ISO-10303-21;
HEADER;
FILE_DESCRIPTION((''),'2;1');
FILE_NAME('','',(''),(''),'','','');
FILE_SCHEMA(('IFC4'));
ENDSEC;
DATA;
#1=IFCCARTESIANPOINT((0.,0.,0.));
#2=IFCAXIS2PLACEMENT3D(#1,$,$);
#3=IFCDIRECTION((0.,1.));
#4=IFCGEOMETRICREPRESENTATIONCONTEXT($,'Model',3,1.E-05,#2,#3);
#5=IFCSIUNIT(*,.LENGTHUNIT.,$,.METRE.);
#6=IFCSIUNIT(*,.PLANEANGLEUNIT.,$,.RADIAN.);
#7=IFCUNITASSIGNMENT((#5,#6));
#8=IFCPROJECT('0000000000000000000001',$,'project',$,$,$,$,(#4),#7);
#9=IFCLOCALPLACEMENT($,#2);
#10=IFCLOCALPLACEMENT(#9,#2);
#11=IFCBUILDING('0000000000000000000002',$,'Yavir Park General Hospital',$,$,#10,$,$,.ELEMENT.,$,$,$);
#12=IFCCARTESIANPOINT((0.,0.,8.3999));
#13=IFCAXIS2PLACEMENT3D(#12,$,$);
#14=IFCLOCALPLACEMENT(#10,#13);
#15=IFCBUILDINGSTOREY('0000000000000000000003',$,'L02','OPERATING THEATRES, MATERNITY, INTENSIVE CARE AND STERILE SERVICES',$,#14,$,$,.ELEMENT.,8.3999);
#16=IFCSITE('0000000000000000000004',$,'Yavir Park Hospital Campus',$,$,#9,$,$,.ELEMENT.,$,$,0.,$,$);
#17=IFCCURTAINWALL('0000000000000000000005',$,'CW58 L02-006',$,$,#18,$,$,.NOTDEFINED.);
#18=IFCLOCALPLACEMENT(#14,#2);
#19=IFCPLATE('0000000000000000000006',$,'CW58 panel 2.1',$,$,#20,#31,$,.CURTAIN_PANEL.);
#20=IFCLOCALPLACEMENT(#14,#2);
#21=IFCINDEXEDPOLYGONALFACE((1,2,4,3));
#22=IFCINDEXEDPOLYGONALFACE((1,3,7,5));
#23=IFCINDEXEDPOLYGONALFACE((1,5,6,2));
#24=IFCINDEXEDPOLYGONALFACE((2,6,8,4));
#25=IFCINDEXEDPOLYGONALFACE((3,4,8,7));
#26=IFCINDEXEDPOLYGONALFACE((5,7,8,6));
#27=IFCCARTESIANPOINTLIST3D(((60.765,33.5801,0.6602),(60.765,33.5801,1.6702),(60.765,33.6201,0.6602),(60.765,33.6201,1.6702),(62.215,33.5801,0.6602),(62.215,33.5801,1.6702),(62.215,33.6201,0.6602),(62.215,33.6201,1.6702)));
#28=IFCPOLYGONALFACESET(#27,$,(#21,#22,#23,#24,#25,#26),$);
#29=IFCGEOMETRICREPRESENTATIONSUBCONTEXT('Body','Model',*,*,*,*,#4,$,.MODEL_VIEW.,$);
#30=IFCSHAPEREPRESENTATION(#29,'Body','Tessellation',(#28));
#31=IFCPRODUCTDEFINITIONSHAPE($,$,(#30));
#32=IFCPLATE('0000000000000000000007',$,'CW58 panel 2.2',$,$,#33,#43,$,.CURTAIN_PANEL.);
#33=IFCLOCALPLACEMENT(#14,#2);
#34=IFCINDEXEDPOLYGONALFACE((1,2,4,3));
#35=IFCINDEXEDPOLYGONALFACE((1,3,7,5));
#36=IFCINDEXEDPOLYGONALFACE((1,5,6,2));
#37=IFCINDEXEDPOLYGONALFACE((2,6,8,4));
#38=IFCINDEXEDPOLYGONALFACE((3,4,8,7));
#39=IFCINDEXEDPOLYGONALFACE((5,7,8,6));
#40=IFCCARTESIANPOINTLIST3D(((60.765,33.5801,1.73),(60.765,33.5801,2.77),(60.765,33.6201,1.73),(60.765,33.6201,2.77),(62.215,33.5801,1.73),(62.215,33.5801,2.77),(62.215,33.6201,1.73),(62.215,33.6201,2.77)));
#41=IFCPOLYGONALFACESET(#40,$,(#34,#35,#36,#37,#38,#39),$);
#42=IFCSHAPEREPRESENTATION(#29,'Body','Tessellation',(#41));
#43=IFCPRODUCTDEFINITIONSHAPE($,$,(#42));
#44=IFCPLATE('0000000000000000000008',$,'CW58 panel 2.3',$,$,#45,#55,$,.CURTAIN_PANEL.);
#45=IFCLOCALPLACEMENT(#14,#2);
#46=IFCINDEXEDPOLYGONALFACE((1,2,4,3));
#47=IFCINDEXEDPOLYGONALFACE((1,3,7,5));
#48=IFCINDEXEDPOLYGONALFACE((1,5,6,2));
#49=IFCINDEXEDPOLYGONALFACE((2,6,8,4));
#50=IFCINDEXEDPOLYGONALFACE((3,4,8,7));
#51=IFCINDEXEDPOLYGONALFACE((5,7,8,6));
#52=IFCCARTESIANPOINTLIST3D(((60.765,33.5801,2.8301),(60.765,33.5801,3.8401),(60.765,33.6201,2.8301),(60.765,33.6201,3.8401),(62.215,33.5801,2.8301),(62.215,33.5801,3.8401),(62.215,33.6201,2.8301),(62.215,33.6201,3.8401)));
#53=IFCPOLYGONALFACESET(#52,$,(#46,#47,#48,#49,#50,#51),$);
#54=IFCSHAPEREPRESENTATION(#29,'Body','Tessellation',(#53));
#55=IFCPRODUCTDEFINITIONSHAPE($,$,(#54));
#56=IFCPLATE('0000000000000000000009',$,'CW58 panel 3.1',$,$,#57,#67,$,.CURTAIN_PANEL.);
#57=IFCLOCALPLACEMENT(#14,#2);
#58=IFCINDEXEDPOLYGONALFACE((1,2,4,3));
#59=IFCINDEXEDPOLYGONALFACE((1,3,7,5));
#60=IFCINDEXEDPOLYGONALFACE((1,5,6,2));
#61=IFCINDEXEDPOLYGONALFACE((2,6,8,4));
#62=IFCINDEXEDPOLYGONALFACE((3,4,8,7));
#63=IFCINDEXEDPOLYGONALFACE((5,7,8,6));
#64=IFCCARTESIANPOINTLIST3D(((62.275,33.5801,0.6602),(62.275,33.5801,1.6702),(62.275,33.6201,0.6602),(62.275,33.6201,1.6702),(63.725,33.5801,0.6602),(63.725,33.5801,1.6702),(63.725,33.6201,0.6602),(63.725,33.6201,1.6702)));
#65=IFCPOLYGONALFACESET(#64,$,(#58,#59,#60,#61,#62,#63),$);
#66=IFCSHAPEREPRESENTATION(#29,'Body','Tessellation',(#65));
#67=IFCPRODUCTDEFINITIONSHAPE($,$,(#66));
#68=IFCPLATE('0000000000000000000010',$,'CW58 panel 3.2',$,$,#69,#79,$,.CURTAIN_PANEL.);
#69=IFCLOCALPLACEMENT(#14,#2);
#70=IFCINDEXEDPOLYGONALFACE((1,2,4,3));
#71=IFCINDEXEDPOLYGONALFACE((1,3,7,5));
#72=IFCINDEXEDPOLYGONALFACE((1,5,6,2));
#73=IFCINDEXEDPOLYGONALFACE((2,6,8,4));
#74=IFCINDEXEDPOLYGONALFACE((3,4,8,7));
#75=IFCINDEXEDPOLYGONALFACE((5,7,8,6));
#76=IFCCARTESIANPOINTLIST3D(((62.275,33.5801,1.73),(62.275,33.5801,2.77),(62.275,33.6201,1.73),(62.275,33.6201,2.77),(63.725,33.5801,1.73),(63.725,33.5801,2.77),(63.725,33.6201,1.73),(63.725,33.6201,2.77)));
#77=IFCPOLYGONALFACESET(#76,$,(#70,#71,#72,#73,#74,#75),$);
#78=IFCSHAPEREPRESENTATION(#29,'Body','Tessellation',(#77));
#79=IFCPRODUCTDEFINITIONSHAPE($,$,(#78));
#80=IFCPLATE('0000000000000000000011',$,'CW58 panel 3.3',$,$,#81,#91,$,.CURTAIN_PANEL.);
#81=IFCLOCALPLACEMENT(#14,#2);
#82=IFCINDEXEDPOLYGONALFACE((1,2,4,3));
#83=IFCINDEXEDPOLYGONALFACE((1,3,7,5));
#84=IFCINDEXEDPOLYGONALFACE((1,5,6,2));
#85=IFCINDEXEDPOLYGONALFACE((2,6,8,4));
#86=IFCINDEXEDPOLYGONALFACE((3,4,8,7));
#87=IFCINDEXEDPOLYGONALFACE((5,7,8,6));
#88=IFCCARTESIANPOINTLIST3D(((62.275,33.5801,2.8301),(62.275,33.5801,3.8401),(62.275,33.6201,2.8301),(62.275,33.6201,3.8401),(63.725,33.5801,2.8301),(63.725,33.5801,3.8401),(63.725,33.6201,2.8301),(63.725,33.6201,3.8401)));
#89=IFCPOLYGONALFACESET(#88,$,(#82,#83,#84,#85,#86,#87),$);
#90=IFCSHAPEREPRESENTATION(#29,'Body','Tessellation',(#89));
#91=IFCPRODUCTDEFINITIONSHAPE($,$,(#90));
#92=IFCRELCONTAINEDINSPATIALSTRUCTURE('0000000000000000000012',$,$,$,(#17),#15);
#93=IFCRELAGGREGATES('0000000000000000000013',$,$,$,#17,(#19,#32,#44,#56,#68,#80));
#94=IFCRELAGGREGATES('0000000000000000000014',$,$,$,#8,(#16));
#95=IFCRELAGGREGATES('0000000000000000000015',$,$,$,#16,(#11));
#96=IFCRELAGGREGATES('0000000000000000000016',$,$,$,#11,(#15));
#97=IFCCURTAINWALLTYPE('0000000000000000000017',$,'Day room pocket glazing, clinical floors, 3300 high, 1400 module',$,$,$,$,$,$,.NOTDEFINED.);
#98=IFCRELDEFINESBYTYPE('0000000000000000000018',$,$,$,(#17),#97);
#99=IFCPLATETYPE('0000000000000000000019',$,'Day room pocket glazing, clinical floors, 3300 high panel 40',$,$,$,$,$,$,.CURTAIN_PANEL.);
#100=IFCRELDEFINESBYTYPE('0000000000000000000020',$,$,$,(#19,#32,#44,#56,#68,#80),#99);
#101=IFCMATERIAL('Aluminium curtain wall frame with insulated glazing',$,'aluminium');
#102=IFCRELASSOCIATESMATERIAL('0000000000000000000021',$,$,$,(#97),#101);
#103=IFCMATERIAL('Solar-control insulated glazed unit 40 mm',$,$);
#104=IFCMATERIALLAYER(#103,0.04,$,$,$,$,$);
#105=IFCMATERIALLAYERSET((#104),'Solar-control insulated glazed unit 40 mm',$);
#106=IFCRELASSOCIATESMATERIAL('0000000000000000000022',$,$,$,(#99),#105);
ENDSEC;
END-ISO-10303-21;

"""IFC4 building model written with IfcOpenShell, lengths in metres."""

from ifc_helpers import new_model, si_unit, direction, frame, origin, origin_2d, place, context, subcontext, project, spatial, rectangle, extrude, material, layer, layer_set, type_object, element, aggregate, save


model = new_model("IFC4")

# Units and contexts
model_context = context("Model", 3, precision=1e-05, world=origin(), true_north=direction((0.0, 1.0)))
body_context = subcontext(model_context, "Body", "Model", "MODEL_VIEW")
ifc_project = project(units=[si_unit("LENGTHUNIT", "METRE"), si_unit("PLANEANGLEUNIT", "RADIAN")], contexts=[model_context])

# Site, building, storey
site_placement = place(None, origin())
site = spatial("IfcSite", under=ifc_project, at=site_placement, Name="Yavir Park Hospital Campus", CompositionType="ELEMENT", RefElevation=0.0)
building_placement = place(site_placement, origin())
building = spatial("IfcBuilding", under=site, at=building_placement, Name="Yavir Park General Hospital", CompositionType="ELEMENT")
storey_placement = place(building_placement, frame((0.0, 0.0, 8.3999)))
storey = spatial("IfcBuildingStorey", under=building, at=storey_placement, Name="L02", Description="OPERATING THEATRES, MATERNITY, INTENSIVE CARE AND STERILE SERVICES", CompositionType="ELEMENT", Elevation=8.3999)

# Curtain wall, plates
ifc_material_1 = material(Name="Aluminium curtain wall frame with insulated glazing", Category="aluminium")
curtain_wall_type = type_object("IfcCurtainWallType", Name="Day room pocket glazing, clinical floors, 3300 high, 1400 module", PredefinedType="NOTDEFINED", material=ifc_material_1)
curtain_wall_placement = place(storey_placement, origin())
curtain_wall = element("IfcCurtainWall", 1, at=curtain_wall_placement, inside=storey, type_object=curtain_wall_type, Name="CW58 L02-006", PredefinedType="NOTDEFINED")
ifc_material_2 = material(Name="Solar-control insulated glazed unit 40 mm")
ifc_layer = layer(ifc_material_2, 0.04)
ifc_layer_set = layer_set([ifc_layer], Name="Solar-control insulated glazed unit 40 mm")
plate_type = type_object("IfcPlateType", Name="Day room pocket glazing, clinical floors, 3300 high panel 40", PredefinedType="CURTAIN_PANEL", material=ifc_layer_set)
plate_1_placement = place(storey_placement, frame((61.49, 33.6001, 0.6602), z_axis=(0.0, 0.0, 1.0), x_axis=(1.0, 0.0, 0.0)))
plate_1 = element("IfcPlate", 2, at=plate_1_placement, type_object=plate_type, Name="CW58 panel 2.1", PredefinedType="CURTAIN_PANEL", context=body_context, shape_type="SweptSolid", body=[
    extrude(rectangle(XDim=1.45, YDim=0.04, at=origin_2d()), origin(), (0.0, 0.0, 1.0), 1.01),
])
plate_2_placement = place(storey_placement, frame((61.49, 33.6001, 1.73), z_axis=(0.0, 0.0, 1.0), x_axis=(1.0, 0.0, 0.0)))
plate_2 = element("IfcPlate", 3, at=plate_2_placement, type_object=plate_type, Name="CW58 panel 2.2", PredefinedType="CURTAIN_PANEL", context=body_context, shape_type="SweptSolid", body=[
    extrude(rectangle(XDim=1.45, YDim=0.04, at=origin_2d()), origin(), (0.0, 0.0, 1.0), 1.04),
])
plate_3_placement = place(storey_placement, frame((61.49, 33.6001, 2.8301), z_axis=(0.0, 0.0, 1.0), x_axis=(1.0, 0.0, 0.0)))
plate_3 = element("IfcPlate", 4, at=plate_3_placement, type_object=plate_type, Name="CW58 panel 2.3", PredefinedType="CURTAIN_PANEL", context=body_context, shape_type="SweptSolid", body=[
    extrude(rectangle(XDim=1.45, YDim=0.04, at=origin_2d()), origin(), (0.0, 0.0, 1.0), 1.01),
])
plate_4_placement = place(storey_placement, frame((63.0, 33.6001, 0.6602), z_axis=(0.0, 0.0, 1.0), x_axis=(1.0, 0.0, 0.0)))
plate_4 = element("IfcPlate", 5, at=plate_4_placement, type_object=plate_type, Name="CW58 panel 3.1", PredefinedType="CURTAIN_PANEL", context=body_context, shape_type="SweptSolid", body=[
    extrude(rectangle(XDim=1.45, YDim=0.04, at=origin_2d()), origin(), (0.0, 0.0, 1.0), 1.01),
])
plate_5_placement = place(storey_placement, frame((63.0, 33.6001, 1.73), z_axis=(0.0, 0.0, 1.0), x_axis=(1.0, 0.0, 0.0)))
plate_5 = element("IfcPlate", 6, at=plate_5_placement, type_object=plate_type, Name="CW58 panel 3.2", PredefinedType="CURTAIN_PANEL", context=body_context, shape_type="SweptSolid", body=[
    extrude(rectangle(XDim=1.45, YDim=0.04, at=origin_2d()), origin(), (0.0, 0.0, 1.0), 1.04),
])
plate_6_placement = place(storey_placement, frame((63.0, 33.6001, 2.8301), z_axis=(0.0, 0.0, 1.0), x_axis=(1.0, 0.0, 0.0)))
plate_6 = element("IfcPlate", 7, at=plate_6_placement, type_object=plate_type, Name="CW58 panel 3.3", PredefinedType="CURTAIN_PANEL", context=body_context, shape_type="SweptSolid", body=[
    extrude(rectangle(XDim=1.45, YDim=0.04, at=origin_2d()), origin(), (0.0, 0.0, 1.0), 1.01),
])
aggregate(curtain_wall, [plate_1, plate_2, plate_3, plate_4, plate_5, plate_6])

save(model, "model.ifc")
